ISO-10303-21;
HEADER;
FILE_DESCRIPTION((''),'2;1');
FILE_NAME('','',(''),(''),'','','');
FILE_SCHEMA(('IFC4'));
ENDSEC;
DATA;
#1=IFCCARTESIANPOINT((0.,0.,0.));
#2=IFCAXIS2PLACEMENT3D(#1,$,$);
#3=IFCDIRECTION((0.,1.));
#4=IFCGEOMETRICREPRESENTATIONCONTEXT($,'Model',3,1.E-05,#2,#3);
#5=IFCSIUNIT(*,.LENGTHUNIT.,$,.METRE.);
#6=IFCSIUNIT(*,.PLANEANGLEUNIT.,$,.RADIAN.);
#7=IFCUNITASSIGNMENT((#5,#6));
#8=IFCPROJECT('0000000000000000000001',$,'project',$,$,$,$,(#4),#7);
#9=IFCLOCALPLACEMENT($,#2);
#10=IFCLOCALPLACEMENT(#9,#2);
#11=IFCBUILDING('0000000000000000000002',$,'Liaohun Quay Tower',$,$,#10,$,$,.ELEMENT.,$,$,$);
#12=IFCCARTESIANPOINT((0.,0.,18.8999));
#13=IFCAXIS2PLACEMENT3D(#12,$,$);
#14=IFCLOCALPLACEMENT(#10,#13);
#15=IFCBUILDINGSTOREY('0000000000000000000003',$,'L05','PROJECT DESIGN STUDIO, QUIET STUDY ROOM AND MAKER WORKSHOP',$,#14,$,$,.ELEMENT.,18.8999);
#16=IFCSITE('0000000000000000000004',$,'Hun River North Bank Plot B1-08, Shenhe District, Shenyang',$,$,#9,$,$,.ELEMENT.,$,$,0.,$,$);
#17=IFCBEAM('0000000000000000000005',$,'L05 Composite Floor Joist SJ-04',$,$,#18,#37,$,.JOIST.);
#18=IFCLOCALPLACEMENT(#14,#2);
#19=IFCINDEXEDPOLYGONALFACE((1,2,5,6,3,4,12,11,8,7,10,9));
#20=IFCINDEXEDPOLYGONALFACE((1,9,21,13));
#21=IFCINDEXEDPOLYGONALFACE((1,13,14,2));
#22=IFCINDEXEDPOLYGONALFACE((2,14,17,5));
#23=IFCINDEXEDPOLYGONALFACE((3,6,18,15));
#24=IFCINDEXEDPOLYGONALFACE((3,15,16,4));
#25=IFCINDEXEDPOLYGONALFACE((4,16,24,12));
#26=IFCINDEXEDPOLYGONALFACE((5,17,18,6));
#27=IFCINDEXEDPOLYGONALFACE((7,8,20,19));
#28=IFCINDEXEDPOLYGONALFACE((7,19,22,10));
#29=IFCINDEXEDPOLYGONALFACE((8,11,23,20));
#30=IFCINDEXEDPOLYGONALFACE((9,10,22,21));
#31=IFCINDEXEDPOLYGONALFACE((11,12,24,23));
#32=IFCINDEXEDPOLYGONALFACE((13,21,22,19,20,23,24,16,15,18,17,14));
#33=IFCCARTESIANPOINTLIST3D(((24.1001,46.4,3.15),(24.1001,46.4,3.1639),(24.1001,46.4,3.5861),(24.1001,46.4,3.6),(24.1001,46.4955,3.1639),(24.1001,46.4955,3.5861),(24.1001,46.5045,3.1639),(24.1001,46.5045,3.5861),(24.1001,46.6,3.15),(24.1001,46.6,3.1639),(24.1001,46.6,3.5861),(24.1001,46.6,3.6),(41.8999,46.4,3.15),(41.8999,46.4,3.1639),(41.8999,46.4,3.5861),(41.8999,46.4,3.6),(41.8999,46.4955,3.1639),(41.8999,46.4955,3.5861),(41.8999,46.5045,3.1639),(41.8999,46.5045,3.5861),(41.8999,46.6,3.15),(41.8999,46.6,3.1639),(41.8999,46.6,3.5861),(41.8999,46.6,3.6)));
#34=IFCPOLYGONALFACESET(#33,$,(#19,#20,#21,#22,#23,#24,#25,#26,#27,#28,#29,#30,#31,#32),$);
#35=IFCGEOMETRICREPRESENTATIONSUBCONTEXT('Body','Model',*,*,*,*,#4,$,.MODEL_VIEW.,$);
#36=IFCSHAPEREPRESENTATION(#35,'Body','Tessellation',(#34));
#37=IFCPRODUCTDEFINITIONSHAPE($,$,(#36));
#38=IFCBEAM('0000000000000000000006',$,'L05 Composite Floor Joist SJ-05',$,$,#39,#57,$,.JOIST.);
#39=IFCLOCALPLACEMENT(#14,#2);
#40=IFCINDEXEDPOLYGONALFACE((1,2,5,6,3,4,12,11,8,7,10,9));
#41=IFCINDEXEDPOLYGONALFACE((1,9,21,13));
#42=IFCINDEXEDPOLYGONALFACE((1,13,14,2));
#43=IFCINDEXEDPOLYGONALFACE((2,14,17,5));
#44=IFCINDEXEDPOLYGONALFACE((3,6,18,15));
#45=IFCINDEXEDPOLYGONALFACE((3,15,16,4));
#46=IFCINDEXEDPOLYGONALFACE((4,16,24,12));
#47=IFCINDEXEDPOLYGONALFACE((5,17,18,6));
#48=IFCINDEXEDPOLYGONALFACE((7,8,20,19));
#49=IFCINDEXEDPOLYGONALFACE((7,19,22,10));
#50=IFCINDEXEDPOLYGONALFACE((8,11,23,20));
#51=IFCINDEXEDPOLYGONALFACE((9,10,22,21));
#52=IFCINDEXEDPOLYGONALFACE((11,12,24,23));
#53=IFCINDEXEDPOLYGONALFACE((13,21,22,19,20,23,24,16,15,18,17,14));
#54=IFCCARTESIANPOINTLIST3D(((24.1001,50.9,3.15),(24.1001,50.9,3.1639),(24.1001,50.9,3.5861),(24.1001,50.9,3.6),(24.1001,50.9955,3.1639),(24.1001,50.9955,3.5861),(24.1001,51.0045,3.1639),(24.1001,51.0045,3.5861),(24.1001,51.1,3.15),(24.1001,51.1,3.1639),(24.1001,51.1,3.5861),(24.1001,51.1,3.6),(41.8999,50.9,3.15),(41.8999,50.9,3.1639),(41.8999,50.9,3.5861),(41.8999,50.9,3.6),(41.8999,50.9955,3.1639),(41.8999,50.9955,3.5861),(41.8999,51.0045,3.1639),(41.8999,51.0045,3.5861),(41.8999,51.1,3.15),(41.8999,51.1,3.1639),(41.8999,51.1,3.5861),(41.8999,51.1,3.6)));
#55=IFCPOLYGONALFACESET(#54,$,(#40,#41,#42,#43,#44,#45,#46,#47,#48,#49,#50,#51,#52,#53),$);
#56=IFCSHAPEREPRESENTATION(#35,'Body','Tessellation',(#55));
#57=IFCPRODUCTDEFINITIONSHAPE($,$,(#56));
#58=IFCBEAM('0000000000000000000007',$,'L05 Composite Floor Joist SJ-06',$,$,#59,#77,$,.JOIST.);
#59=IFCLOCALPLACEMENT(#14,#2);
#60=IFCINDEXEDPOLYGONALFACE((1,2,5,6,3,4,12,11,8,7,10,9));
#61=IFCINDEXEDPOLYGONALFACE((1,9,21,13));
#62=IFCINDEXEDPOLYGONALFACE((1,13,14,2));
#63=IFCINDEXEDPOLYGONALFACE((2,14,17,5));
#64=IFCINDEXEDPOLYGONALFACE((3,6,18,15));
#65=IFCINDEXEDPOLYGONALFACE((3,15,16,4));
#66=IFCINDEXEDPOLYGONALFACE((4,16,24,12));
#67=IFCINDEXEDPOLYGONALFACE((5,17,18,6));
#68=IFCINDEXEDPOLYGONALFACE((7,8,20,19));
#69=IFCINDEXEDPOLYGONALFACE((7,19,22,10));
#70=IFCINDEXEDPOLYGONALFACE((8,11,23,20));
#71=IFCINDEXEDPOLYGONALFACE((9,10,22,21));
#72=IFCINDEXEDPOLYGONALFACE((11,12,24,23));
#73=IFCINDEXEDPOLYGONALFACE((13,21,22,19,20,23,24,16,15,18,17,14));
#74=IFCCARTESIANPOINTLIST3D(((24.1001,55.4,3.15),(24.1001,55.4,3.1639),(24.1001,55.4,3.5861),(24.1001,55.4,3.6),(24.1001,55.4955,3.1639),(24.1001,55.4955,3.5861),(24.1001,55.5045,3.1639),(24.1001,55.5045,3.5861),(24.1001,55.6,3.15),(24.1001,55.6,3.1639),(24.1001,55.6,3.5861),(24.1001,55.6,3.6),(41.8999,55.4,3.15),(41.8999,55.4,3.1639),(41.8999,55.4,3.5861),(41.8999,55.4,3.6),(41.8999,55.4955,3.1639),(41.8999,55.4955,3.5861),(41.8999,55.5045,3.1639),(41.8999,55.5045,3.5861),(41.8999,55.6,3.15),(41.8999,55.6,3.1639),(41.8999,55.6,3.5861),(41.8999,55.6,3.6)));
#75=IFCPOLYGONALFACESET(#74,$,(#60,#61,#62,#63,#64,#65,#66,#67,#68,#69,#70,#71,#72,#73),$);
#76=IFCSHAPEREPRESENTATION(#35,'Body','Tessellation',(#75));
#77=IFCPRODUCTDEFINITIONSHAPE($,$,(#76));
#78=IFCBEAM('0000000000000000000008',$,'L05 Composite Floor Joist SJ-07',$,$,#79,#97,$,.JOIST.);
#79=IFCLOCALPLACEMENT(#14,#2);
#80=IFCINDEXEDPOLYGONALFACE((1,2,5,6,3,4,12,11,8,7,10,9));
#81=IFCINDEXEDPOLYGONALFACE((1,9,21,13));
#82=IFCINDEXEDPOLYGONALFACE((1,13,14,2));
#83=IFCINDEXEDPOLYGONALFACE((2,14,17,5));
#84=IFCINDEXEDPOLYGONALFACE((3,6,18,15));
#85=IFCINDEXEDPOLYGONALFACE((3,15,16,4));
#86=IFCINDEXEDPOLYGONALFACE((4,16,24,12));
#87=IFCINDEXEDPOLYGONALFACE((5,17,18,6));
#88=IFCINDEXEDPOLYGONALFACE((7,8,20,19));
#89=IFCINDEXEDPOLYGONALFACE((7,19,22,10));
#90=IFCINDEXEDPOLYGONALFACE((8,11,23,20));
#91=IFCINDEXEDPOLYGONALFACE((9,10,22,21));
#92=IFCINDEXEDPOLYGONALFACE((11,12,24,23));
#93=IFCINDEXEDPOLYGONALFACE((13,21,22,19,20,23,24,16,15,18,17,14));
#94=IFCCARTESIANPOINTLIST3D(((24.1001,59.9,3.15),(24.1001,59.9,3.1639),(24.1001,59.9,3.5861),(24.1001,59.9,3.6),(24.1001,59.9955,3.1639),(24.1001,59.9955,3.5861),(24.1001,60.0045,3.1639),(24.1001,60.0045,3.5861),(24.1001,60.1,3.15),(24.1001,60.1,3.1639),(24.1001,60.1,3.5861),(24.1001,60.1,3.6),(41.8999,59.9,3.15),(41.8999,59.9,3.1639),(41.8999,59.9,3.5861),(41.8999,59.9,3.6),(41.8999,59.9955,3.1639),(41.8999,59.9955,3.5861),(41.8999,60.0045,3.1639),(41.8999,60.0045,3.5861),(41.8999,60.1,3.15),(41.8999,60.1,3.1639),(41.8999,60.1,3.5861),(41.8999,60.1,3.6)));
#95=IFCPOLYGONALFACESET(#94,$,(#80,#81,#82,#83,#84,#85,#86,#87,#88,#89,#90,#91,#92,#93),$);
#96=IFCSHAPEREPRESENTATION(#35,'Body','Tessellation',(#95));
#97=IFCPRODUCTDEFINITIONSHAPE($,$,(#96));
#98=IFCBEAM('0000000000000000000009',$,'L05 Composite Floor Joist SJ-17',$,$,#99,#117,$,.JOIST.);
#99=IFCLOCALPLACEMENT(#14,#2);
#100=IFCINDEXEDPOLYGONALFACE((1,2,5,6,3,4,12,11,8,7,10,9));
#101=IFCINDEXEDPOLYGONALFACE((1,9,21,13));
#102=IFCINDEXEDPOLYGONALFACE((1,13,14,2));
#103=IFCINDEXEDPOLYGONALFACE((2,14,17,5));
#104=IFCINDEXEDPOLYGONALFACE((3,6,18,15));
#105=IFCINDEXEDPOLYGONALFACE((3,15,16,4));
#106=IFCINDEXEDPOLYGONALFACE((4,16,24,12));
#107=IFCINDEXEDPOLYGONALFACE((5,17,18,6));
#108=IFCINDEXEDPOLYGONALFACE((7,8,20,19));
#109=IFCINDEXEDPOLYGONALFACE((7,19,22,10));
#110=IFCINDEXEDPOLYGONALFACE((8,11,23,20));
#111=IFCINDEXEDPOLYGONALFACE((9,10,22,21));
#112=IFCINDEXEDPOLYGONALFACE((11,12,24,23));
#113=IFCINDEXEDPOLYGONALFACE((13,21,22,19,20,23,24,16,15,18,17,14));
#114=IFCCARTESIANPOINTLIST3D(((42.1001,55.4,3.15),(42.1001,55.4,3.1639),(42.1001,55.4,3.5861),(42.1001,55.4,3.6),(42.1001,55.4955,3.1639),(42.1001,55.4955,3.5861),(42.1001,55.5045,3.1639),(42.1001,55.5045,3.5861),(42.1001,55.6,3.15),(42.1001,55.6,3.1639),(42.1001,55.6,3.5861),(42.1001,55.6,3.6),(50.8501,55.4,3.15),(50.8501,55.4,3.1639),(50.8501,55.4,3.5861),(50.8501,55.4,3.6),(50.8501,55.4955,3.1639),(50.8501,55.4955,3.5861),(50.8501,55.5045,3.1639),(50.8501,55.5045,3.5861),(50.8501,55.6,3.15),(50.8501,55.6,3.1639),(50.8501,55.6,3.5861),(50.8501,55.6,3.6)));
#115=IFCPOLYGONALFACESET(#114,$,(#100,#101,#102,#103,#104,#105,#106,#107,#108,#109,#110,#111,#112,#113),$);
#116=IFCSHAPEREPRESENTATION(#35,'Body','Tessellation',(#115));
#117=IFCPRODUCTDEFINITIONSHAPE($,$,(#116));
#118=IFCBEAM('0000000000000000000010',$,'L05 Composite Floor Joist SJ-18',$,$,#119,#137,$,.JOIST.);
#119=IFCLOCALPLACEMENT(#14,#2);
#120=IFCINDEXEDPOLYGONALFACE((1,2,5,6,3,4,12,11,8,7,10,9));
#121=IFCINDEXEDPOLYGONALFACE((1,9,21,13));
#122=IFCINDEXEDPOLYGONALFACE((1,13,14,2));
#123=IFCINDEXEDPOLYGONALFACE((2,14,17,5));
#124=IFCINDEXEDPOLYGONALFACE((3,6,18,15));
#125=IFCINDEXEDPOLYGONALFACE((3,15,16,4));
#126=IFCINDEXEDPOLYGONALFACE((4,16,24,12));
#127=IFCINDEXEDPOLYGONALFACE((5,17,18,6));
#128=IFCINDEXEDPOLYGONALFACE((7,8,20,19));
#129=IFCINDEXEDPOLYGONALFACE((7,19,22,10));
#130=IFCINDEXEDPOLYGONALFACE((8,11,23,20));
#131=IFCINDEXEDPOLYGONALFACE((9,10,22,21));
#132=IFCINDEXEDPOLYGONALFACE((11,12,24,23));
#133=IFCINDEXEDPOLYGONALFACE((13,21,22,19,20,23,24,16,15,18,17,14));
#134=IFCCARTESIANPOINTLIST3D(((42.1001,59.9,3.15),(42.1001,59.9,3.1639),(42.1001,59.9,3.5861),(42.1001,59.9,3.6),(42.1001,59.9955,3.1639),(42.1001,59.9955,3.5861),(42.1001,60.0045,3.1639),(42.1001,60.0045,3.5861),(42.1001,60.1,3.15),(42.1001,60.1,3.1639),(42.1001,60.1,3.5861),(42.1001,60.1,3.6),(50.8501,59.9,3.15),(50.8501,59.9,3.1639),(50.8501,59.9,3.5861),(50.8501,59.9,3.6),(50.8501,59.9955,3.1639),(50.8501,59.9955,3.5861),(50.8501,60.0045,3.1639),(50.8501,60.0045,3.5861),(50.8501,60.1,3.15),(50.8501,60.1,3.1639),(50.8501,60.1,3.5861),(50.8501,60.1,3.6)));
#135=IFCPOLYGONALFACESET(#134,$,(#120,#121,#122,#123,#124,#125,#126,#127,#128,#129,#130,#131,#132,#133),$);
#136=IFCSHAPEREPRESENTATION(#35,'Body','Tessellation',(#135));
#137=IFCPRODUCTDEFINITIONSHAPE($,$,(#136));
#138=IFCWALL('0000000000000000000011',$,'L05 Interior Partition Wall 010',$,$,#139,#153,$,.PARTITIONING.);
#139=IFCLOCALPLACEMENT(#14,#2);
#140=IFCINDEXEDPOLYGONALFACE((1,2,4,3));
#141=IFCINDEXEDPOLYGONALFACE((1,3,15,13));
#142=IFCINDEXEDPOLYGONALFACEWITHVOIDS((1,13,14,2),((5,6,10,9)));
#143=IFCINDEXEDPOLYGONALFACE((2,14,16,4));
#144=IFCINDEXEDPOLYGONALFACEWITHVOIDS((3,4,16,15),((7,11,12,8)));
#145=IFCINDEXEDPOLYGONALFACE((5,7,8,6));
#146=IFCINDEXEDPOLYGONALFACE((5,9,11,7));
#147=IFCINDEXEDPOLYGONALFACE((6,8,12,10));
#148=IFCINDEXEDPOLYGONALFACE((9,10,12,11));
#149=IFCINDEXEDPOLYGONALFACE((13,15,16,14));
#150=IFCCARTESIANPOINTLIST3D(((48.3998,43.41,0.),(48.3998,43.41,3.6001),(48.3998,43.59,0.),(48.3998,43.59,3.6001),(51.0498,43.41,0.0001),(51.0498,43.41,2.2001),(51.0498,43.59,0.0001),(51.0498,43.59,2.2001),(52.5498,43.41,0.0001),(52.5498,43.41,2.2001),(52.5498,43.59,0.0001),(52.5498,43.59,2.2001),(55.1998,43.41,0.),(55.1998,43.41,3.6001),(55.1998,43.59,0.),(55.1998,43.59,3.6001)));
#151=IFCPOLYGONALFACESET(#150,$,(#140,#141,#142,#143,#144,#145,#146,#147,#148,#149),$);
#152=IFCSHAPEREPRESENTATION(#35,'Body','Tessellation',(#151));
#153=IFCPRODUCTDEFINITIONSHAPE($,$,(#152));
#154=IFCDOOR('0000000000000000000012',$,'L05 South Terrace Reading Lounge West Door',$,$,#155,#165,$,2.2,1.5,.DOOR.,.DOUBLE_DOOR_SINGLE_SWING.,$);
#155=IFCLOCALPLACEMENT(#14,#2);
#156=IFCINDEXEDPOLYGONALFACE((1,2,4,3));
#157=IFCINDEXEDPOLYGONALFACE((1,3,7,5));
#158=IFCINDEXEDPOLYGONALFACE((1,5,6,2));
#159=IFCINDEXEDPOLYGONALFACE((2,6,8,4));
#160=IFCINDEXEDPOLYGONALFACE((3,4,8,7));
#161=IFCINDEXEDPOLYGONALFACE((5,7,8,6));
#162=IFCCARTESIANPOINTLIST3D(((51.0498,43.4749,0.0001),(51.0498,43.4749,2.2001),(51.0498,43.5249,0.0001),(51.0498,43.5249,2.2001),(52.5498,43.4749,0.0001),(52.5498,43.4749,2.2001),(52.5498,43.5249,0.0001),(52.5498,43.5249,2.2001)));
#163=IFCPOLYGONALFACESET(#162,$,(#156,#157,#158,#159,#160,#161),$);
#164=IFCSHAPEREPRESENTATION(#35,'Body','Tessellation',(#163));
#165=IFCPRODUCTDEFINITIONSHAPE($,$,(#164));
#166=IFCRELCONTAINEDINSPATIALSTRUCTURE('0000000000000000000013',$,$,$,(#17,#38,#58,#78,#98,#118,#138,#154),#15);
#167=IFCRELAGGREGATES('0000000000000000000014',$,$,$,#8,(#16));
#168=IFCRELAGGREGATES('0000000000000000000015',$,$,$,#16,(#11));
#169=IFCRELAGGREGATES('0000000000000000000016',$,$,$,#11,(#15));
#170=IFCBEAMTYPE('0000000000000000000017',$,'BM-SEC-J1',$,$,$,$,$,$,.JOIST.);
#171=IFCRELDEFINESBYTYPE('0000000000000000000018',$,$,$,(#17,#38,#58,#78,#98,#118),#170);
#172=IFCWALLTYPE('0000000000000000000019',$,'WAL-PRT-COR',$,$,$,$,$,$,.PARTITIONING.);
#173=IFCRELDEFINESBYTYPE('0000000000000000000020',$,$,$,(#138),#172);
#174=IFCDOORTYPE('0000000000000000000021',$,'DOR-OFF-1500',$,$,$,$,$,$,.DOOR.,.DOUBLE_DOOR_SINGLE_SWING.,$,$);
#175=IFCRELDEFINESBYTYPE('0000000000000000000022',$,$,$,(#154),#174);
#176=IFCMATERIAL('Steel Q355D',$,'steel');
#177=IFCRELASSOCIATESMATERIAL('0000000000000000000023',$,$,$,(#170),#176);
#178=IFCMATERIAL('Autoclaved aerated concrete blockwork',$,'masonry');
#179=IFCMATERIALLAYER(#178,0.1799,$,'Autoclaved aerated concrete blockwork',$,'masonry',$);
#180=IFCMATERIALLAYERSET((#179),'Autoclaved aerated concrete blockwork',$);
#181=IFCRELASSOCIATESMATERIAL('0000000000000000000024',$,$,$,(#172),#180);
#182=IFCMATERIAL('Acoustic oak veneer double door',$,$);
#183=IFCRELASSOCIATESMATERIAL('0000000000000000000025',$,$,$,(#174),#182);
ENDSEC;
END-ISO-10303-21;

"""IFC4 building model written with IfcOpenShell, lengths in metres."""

from ifc_helpers import new_model, si_unit, direction, frame, frame_2d, origin, origin_2d, place, context, subcontext, project, spatial, rectangle, i_section, extrude, source, transform, mapped, material, layer, layer_set, material_profile, profile_set, type_object, element, fill, save


model = new_model("IFC4")

# Units and contexts
model_context = context("Model", 3, precision=1e-05, world=origin(), true_north=direction((0.0, 1.0)))
body_context = subcontext(model_context, "Body", "Model", "MODEL_VIEW")
ifc_project = project(units=[si_unit("LENGTHUNIT", "METRE"), si_unit("PLANEANGLEUNIT", "RADIAN")], contexts=[model_context])

# Site, building, storey
site_placement = place(None, origin())
site = spatial("IfcSite", under=ifc_project, at=site_placement, Name="Hun River North Bank Plot B1-08, Shenhe District, Shenyang", CompositionType="ELEMENT", RefElevation=0.0)
building_placement = place(site_placement, origin())
building = spatial("IfcBuilding", under=site, at=building_placement, Name="Liaohun Quay Tower", CompositionType="ELEMENT")
storey_placement = place(building_placement, frame((0.0, 0.0, 18.8999)))
storey = spatial("IfcBuildingStorey", under=building, at=storey_placement, Name="L05", Description="PROJECT DESIGN STUDIO, QUIET STUDY ROOM AND MAKER WORKSHOP", CompositionType="ELEMENT", Elevation=18.8999)

# Beams
ifc_material_1 = material(Name="Steel Q355D", Category="steel")
ifc_material_profile = material_profile(ifc_material_1, i_section(OverallWidth=0.2, OverallDepth=0.45, WebThickness=0.009, FlangeThickness=0.0139, at=origin_2d()), Name="HN450x200x9x14")
ifc_profile_set = profile_set([ifc_material_profile], Name="Steel Q355D")
beam_type = type_object("IfcBeamType", Name="BM-SEC-J1", PredefinedType="JOIST", material=ifc_profile_set)
shared_shape_1 = source(origin(), body_context, "Body", "SweptSolid", [
    extrude(i_section(OverallWidth=0.2, OverallDepth=0.45, WebThickness=0.009, FlangeThickness=0.0139, at=origin_2d()), origin(), (0.0, 0.0, 1.0), 17.7998),
])
for number, where, z_axis, x_axis, name in (
    (1, (24.1001, 46.5, 3.375), (1.0, 0.0, 0.0), (0.0, 1.0, 0.0), "L05 Composite Floor Joist SJ-04"),
    (2, (24.1001, 51.0, 3.375), (1.0, 0.0, 0.0), (0.0, 1.0, 0.0), "L05 Composite Floor Joist SJ-05"),
    (3, (24.1001, 55.5, 3.375), (1.0, 0.0, 0.0), (0.0, 1.0, 0.0), "L05 Composite Floor Joist SJ-06"),
    (4, (24.1001, 60.0, 3.375), (1.0, 0.0, 0.0), (0.0, 1.0, 0.0), "L05 Composite Floor Joist SJ-07"),
):
    element("IfcBeam", number, at=place(storey_placement, frame(where, z_axis=z_axis, x_axis=x_axis)), inside=storey, type_object=beam_type, Name=name, PredefinedType="JOIST", context=body_context, shape_type="MappedRepresentation", body=[
        mapped(shared_shape_1, transform((0.0, 0.0, 0.0), x_axis=(1.0, 0.0, 0.0), y_axis=(0.0, 1.0, 0.0), z_axis=(0.0, 0.0, 1.0), scale=1.0)),
    ])
shared_shape_2 = source(origin(), body_context, "Body", "SweptSolid", [
    extrude(i_section(OverallWidth=0.2, OverallDepth=0.45, WebThickness=0.009, FlangeThickness=0.0139, at=origin_2d()), origin(), (0.0, 0.0, 1.0), 8.75),
])
for number, where, z_axis, x_axis, name in (
    (5, (42.1001, 55.5, 3.375), (1.0, 0.0, 0.0), (0.0, 1.0, 0.0), "L05 Composite Floor Joist SJ-17"),
    (6, (42.1001, 60.0, 3.375), (1.0, 0.0, 0.0), (0.0, 1.0, 0.0), "L05 Composite Floor Joist SJ-18"),
):
    element("IfcBeam", number, at=place(storey_placement, frame(where, z_axis=z_axis, x_axis=x_axis)), inside=storey, type_object=beam_type, Name=name, PredefinedType="JOIST", context=body_context, shape_type="MappedRepresentation", body=[
        mapped(shared_shape_2, transform((0.0, 0.0, 0.0), x_axis=(1.0, 0.0, 0.0), y_axis=(0.0, 1.0, 0.0), z_axis=(0.0, 0.0, 1.0), scale=1.0)),
    ])

# Wall, opening, door
ifc_material_2 = material(Name="Autoclaved aerated concrete blockwork", Category="masonry")
ifc_layer_1 = layer(ifc_material_2, 0.1799, Name="Autoclaved aerated concrete blockwork", Category="masonry")
ifc_layer_set_1 = layer_set([ifc_layer_1], Name="Autoclaved aerated concrete blockwork")
wall_type_1 = type_object("IfcWallType", Name="WAL-PRT-COR", PredefinedType="PARTITIONING", material=ifc_layer_set_1)
wall_1_placement = place(storey_placement, frame((48.3999, 43.5, 0.0), z_axis=(0.0, 0.0, 1.0), x_axis=(1.0, 0.0, 0.0)))
wall_1 = element("IfcWall", 7, at=wall_1_placement, inside=storey, type_object=wall_type_1, Name="L05 Interior Partition Wall 010", PredefinedType="PARTITIONING", context=body_context, shape_type="SweptSolid", body=[
    extrude(rectangle(XDim=6.8, YDim=0.1799, at=frame_2d((3.3999, 0.0))), origin(), (0.0, 0.0, 1.0), 3.6001),
])
shared_shape_3 = source(origin(), body_context, "Body", "SweptSolid", [
    extrude(rectangle(XDim=1.5, YDim=2.2, at=frame_2d((0.75, 1.1001))), frame((0.0, 0.0999, 0.0), z_axis=(0.0, -1.0, 0.0), x_axis=(1.0, 0.0, 0.0)), (0.0, 0.0, 1.0), 0.2),
])
opening_1_placement = place(wall_1_placement, frame((2.6499, 0.0, 0.0)))
opening_1 = element("IfcOpeningElement", 8, at=opening_1_placement, cuts=wall_1, PredefinedType="OPENING", context=body_context, shape_type="MappedRepresentation", body=[
    mapped(shared_shape_3, transform((0.0, 0.0, 0.0), x_axis=(1.0, 0.0, 0.0), y_axis=(0.0, 1.0, 0.0), z_axis=(0.0, 0.0, 1.0), scale=1.0)),
])
ifc_material_3 = material(Name="Acoustic oak veneer double door")
door_type_1 = type_object("IfcDoorType", Name="DOR-OFF-1500", OperationType="DOUBLE_DOOR_SINGLE_SWING", PredefinedType="DOOR", material=ifc_material_3)
shared_shape_4 = source(origin(), body_context, "Body", "SweptSolid", [
    extrude(rectangle(XDim=1.5, YDim=2.2, at=frame_2d((0.75, 1.1001))), frame((0.0, 0.0249, 0.0), z_axis=(0.0, -1.0, 0.0), x_axis=(1.0, 0.0, 0.0)), (0.0, 0.0, 1.0), 0.05),
])
door_1_placement = place(opening_1_placement, origin())
door_1 = element("IfcDoor", 9, at=door_1_placement, inside=storey, type_object=door_type_1, Name="L05 South Terrace Reading Lounge West Door", OperationType="DOUBLE_DOOR_SINGLE_SWING", OverallHeight=2.2, OverallWidth=1.5, PredefinedType="DOOR", context=body_context, shape_type="MappedRepresentation", body=[
    mapped(shared_shape_4, transform((0.0, 0.0, 0.0), x_axis=(1.0, 0.0, 0.0), y_axis=(0.0, 1.0, 0.0), z_axis=(0.0, 0.0, 1.0), scale=1.0)),
])
fill(opening_1, door_1)

save(model, "model.ifc")
